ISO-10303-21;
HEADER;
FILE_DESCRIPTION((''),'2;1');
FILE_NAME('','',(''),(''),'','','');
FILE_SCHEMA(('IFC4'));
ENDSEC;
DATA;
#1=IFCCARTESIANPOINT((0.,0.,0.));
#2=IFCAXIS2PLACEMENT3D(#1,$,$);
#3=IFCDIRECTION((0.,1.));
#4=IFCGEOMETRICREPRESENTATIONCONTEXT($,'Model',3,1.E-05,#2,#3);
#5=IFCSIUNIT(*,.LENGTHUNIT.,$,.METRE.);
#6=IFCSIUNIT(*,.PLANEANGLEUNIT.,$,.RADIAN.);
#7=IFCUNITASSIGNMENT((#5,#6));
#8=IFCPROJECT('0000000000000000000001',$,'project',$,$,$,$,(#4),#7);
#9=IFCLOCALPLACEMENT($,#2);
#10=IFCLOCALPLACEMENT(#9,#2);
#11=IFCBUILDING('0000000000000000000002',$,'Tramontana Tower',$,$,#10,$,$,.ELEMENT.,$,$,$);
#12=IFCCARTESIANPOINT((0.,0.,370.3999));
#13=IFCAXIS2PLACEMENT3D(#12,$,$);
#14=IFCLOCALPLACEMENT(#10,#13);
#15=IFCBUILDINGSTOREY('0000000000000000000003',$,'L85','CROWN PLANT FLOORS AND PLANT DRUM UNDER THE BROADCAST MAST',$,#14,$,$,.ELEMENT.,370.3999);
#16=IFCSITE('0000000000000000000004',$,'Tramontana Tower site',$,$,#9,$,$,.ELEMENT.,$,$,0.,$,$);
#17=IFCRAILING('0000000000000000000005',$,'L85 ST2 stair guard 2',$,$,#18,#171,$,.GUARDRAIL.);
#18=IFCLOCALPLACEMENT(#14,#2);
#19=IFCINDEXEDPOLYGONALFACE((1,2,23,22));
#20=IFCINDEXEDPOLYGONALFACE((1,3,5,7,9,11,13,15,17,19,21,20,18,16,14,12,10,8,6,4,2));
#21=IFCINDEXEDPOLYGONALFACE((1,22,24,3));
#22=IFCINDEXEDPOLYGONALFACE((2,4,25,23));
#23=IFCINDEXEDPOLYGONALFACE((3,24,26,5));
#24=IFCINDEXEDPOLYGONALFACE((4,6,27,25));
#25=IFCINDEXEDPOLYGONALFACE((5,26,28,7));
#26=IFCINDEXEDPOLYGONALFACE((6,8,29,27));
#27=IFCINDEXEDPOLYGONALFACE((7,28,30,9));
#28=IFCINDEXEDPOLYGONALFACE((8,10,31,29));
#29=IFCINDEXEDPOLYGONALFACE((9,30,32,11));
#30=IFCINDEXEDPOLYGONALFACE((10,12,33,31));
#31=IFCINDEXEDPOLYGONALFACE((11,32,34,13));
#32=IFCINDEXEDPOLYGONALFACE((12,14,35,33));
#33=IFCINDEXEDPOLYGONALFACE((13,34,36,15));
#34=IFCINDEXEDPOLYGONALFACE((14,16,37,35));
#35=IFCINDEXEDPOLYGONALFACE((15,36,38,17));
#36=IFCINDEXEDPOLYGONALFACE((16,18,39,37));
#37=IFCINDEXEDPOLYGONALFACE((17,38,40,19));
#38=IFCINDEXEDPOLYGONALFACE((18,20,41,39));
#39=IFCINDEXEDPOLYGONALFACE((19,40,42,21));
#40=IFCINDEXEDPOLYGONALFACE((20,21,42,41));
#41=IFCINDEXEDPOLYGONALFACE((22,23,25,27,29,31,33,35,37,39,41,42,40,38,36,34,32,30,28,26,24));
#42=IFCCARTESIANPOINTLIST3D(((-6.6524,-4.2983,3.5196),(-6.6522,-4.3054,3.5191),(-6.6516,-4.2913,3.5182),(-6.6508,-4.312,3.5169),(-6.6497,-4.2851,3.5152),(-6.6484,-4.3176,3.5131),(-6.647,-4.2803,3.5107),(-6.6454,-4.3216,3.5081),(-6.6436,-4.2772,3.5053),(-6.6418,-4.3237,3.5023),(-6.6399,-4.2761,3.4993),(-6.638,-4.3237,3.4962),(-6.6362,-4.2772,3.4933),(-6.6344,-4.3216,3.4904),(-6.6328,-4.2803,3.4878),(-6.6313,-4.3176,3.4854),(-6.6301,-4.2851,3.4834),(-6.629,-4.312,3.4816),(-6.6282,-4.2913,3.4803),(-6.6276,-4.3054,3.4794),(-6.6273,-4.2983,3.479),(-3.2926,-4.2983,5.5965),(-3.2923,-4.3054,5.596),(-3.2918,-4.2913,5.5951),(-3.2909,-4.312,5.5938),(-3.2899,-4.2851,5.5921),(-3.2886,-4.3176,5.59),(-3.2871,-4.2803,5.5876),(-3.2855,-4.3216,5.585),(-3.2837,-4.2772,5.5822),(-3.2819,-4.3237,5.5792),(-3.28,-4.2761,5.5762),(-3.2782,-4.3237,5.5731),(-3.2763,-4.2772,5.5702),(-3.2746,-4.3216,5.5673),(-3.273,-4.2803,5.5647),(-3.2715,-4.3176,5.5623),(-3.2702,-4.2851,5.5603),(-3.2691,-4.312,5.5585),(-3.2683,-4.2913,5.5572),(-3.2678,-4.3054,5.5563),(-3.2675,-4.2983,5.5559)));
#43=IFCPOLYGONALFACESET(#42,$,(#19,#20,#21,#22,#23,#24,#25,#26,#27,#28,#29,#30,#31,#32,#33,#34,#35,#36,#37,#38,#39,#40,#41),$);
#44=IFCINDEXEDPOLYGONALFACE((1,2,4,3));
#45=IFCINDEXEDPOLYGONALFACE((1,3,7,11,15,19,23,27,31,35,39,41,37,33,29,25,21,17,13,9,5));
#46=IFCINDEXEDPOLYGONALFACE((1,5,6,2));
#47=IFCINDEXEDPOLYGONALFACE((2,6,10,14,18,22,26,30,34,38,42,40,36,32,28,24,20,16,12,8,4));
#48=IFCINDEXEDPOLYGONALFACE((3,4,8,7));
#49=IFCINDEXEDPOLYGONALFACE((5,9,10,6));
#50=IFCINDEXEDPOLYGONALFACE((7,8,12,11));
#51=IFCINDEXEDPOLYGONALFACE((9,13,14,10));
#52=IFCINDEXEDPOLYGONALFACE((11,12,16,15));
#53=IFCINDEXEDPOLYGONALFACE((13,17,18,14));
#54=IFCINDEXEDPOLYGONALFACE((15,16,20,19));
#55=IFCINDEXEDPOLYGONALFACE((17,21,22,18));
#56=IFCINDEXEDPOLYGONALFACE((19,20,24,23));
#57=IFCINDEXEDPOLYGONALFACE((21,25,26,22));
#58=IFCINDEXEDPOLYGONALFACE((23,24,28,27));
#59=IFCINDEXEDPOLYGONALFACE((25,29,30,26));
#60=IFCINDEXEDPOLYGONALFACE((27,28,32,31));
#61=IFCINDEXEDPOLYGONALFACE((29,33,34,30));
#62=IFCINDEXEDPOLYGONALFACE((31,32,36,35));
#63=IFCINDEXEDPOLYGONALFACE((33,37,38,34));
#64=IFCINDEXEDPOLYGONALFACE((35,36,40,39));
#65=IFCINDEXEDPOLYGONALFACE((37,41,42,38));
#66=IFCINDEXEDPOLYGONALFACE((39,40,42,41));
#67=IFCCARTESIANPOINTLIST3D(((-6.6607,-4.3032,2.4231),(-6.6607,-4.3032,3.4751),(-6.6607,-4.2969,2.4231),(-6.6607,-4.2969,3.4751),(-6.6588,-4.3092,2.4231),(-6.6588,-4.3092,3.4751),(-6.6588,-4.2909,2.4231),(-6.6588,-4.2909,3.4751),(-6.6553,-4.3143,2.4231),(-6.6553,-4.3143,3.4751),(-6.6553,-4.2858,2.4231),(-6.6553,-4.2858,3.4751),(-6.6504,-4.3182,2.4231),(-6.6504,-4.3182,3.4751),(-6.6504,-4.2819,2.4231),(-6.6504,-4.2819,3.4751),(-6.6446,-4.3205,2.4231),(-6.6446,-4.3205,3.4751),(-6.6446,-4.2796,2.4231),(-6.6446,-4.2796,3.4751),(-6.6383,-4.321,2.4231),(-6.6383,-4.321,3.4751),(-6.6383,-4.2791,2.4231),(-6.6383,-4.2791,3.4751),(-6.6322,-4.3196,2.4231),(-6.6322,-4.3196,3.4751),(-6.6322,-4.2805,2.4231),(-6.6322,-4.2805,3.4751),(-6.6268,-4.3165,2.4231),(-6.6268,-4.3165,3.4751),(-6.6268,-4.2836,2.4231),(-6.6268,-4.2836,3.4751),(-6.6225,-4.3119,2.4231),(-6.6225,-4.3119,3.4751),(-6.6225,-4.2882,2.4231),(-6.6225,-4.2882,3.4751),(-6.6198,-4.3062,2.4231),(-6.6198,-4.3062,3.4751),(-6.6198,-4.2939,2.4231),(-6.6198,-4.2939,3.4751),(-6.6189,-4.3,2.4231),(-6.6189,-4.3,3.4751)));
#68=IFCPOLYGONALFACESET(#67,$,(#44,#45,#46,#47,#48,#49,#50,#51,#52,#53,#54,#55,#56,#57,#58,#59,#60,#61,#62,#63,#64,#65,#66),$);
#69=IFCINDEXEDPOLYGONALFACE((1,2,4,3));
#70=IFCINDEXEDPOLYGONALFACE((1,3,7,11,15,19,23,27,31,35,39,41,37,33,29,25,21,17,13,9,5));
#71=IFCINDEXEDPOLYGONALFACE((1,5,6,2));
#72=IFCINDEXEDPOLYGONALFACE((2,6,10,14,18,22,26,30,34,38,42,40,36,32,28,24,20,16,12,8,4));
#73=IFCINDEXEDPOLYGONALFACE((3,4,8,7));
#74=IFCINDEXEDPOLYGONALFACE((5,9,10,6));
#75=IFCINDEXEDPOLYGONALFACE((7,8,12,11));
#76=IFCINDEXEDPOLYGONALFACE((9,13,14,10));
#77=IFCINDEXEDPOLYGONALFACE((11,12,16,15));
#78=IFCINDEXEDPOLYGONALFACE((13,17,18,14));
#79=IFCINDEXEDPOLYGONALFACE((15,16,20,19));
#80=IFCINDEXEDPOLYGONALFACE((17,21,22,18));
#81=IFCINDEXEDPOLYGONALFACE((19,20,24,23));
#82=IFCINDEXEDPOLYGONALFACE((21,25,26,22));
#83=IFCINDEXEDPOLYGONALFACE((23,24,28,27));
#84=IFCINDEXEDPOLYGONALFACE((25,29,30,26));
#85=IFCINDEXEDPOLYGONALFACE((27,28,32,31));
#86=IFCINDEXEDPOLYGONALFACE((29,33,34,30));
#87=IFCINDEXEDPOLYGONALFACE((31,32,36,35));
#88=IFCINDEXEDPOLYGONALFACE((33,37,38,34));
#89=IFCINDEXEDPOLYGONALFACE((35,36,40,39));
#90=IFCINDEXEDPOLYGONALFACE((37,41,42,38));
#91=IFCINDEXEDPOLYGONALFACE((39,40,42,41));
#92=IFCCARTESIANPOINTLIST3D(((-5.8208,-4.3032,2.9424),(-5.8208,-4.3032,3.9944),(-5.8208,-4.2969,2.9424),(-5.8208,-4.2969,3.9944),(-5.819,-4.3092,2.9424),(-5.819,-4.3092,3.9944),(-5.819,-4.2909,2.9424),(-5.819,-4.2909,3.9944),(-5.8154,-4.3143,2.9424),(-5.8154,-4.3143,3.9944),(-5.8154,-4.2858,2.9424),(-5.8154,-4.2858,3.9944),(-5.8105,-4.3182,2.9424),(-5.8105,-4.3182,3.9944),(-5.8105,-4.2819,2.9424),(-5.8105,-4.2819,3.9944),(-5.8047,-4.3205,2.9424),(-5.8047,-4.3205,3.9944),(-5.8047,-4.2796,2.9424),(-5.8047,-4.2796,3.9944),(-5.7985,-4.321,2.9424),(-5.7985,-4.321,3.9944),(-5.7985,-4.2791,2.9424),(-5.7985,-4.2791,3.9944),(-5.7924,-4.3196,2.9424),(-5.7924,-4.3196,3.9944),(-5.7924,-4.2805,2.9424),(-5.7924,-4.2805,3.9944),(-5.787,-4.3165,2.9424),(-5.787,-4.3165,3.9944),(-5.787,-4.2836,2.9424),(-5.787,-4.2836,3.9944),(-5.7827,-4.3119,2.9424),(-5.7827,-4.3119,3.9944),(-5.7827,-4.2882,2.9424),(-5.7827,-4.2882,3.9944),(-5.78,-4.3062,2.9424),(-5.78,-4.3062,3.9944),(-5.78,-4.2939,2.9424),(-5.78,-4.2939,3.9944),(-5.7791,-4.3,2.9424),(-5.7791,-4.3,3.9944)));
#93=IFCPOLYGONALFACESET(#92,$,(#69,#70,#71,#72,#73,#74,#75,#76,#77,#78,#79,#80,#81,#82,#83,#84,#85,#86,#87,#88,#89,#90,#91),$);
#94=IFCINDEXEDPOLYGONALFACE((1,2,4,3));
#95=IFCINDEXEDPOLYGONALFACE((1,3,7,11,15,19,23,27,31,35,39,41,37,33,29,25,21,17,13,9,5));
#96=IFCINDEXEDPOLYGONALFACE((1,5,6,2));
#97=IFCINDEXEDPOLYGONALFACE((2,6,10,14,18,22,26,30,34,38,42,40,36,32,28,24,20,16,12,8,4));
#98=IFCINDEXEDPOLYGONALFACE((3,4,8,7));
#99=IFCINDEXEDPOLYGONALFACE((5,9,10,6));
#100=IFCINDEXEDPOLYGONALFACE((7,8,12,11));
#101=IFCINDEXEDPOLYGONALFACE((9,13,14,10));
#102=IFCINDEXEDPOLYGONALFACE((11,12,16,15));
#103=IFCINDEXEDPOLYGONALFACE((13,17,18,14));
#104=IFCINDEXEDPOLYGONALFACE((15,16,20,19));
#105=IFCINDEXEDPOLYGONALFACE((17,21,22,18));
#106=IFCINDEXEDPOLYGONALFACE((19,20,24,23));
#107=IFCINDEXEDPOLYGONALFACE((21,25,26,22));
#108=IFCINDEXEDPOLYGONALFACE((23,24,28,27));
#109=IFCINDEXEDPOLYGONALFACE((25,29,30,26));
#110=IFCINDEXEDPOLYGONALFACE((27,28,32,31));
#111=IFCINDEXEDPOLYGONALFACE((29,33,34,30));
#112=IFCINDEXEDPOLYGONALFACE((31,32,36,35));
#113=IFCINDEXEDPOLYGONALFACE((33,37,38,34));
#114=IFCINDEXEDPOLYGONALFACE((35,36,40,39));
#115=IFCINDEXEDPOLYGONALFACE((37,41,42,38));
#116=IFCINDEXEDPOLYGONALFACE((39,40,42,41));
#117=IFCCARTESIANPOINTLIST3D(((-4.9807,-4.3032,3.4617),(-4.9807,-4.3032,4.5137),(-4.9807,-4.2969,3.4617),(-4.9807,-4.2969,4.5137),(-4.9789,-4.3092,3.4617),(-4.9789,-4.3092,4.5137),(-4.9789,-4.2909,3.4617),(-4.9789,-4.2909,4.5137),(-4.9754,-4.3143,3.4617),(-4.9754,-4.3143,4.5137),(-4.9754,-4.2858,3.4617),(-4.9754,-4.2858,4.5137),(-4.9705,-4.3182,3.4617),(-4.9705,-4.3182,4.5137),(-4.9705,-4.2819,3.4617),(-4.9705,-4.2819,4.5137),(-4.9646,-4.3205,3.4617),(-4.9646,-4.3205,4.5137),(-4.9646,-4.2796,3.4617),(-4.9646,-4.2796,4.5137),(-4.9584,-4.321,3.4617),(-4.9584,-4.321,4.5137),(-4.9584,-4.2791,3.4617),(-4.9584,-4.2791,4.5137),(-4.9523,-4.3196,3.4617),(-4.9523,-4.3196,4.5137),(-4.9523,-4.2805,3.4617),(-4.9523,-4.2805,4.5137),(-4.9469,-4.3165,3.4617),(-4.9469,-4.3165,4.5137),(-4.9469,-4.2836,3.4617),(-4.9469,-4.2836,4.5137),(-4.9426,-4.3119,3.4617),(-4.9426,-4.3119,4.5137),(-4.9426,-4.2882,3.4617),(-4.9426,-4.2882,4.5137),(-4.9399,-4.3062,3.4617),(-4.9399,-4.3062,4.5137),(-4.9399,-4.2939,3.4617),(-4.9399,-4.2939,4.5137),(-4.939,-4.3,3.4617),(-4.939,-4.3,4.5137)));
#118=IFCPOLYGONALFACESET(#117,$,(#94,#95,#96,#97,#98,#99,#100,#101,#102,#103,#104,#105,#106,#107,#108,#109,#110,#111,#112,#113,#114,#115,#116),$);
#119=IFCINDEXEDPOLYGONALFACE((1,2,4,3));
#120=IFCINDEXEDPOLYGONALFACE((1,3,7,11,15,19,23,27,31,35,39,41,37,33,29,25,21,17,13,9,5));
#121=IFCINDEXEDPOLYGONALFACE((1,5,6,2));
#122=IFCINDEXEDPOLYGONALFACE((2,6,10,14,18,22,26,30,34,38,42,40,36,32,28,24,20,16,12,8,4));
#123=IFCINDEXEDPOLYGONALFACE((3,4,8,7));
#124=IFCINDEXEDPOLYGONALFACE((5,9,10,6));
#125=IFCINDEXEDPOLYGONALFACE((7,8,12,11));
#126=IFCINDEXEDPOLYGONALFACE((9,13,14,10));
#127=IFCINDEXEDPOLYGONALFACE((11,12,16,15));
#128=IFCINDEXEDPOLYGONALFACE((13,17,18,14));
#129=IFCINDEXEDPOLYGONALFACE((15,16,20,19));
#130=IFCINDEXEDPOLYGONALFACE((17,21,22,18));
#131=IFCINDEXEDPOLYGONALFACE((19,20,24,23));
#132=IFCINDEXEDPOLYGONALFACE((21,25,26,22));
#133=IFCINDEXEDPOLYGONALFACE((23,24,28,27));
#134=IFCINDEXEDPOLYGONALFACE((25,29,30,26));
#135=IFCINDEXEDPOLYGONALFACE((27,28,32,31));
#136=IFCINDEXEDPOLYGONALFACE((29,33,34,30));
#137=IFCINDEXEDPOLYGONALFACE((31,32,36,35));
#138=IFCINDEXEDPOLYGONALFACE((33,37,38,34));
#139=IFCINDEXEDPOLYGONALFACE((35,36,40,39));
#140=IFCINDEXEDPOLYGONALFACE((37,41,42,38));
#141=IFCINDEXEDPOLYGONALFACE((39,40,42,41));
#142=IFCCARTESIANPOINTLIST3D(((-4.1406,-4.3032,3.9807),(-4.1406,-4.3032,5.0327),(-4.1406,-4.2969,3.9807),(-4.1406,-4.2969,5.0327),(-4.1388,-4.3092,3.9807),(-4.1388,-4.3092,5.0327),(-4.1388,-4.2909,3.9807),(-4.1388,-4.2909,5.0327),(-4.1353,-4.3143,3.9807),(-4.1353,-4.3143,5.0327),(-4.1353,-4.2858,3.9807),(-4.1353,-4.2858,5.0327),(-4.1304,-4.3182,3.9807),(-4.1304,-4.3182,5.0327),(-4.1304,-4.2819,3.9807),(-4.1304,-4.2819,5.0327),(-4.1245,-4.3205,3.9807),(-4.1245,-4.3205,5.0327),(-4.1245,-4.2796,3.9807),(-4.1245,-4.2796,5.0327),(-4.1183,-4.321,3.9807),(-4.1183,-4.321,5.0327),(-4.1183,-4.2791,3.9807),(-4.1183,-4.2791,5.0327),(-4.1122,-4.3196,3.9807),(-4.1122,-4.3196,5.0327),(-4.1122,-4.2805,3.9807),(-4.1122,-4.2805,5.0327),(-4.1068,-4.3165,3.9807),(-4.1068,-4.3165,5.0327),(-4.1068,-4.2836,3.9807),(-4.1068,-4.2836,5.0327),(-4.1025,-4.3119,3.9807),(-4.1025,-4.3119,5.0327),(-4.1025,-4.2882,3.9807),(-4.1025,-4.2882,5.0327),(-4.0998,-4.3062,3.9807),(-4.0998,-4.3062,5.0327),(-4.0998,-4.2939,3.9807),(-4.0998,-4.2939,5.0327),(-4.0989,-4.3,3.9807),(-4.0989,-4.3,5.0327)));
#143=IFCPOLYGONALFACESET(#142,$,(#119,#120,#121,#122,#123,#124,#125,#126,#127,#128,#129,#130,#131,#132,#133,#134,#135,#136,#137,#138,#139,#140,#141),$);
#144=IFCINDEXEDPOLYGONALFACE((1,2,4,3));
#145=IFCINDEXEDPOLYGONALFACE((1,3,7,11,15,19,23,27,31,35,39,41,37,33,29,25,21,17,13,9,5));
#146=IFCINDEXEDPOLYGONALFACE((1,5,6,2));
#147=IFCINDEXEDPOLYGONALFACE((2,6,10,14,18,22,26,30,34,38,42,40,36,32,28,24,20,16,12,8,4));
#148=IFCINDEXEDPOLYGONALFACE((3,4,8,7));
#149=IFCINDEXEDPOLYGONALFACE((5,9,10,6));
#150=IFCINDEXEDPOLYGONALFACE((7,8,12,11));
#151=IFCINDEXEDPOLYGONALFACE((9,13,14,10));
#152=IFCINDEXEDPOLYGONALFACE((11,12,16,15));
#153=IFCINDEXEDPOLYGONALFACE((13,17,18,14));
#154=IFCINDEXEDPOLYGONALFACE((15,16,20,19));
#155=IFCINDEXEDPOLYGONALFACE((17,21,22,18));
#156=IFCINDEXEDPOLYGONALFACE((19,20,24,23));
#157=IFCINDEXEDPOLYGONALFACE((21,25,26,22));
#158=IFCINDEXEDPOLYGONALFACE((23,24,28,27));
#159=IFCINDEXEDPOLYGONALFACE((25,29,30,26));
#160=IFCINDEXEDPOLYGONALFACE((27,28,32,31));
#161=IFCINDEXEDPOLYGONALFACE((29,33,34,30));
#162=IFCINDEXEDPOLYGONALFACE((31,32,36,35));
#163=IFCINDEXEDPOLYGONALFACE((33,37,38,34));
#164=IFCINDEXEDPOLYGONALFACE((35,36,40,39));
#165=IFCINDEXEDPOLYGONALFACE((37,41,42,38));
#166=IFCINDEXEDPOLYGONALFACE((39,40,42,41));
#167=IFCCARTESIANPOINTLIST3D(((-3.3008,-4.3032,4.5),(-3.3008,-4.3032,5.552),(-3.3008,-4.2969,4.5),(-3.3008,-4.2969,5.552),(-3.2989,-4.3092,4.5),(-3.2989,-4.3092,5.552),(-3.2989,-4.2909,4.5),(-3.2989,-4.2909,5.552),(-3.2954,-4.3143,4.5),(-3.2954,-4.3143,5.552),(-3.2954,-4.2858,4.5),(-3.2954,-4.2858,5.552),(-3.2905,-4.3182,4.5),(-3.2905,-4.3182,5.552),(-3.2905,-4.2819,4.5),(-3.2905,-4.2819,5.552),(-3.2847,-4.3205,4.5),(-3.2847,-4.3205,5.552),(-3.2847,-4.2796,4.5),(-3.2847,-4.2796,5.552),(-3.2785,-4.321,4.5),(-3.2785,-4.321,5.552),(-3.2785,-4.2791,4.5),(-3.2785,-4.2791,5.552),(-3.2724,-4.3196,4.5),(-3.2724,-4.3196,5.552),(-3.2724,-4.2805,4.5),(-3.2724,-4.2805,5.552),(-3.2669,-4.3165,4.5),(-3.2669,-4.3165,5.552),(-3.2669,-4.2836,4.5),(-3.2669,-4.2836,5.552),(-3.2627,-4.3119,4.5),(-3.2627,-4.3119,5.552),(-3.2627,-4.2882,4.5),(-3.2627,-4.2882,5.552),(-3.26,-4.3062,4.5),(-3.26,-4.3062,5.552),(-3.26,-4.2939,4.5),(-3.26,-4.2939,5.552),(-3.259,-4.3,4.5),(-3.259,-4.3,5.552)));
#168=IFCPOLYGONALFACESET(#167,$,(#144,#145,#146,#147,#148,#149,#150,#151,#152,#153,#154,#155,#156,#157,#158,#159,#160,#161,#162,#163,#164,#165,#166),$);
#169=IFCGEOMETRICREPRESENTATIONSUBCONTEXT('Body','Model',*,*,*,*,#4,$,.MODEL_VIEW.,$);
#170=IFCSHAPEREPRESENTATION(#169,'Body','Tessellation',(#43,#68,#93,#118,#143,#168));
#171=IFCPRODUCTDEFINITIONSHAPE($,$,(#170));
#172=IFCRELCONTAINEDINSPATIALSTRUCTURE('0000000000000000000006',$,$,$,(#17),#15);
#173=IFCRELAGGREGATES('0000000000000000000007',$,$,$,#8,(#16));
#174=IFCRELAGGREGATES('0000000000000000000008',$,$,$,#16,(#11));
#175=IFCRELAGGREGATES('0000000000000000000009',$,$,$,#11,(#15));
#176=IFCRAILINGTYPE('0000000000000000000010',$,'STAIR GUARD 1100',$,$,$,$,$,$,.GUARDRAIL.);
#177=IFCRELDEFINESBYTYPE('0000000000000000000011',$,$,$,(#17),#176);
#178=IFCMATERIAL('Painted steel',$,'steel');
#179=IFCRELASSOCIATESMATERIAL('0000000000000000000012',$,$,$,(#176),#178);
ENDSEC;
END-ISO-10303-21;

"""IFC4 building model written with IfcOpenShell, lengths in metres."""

from ifc_helpers import new_model, si_unit, direction, frame, origin, origin_2d, place, context, subcontext, project, spatial, circle, extrude, material, type_object, element, save


model = new_model("IFC4")

# Units and contexts
model_context = context("Model", 3, precision=1e-05, world=origin(), true_north=direction((0.0, 1.0)))
body_context = subcontext(model_context, "Body", "Model", "MODEL_VIEW")
ifc_project = project(units=[si_unit("LENGTHUNIT", "METRE"), si_unit("PLANEANGLEUNIT", "RADIAN")], contexts=[model_context])

# Site, building, storey
site_placement = place(None, origin())
site = spatial("IfcSite", under=ifc_project, at=site_placement, Name="Tramontana Tower site", CompositionType="ELEMENT", RefElevation=0.0)
building_placement = place(site_placement, origin())
building = spatial("IfcBuilding", under=site, at=building_placement, Name="Tramontana Tower", CompositionType="ELEMENT")
storey_placement = place(building_placement, frame((0.0, 0.0, 370.3999)))
storey = spatial("IfcBuildingStorey", under=building, at=storey_placement, Name="L85", Description="CROWN PLANT FLOORS AND PLANT DRUM UNDER THE BROADCAST MAST", CompositionType="ELEMENT", Elevation=370.3999)

# Railing
ifc_material_1 = material(Name="Painted steel", Category="steel")
railing_type_1 = type_object("IfcRailingType", Name="STAIR GUARD 1100", PredefinedType="GUARDRAIL", material=ifc_material_1)
railing_1_placement = place(storey_placement, frame((-6.6399, -4.3, 2.4231)))
element("IfcRailing", 1, at=railing_1_placement, inside=storey, type_object=railing_type_1, Name="L85 ST2 stair guard 2", PredefinedType="GUARDRAIL", context=body_context, shape_type="SweptSolid", body=[
    extrude(circle(Radius=0.0239, at=origin_2d()), frame((0.0, 0.0, 1.0762), z_axis=(0.850606, 0.0, 0.525803), x_axis=(0.0, 1.0, 0.0)), (0.0, 0.0, 1.0), 3.95),
    extrude(circle(Radius=0.021, at=origin_2d()), origin(), (0.0, 0.0, 1.0), 1.052),
    extrude(circle(Radius=0.021, at=origin_2d()), frame((0.8398, 0.0, 0.5193)), (0.0, 0.0, 1.0), 1.052),
    extrude(circle(Radius=0.021, at=origin_2d()), frame((1.6799, 0.0, 1.0386)), (0.0, 0.0, 1.0), 1.052),
    extrude(circle(Radius=0.021, at=origin_2d()), frame((2.52, 0.0, 1.5576)), (0.0, 0.0, 1.0), 1.052),
    extrude(circle(Radius=0.021, at=origin_2d()), frame((3.3599, 0.0, 2.0769)), (0.0, 0.0, 1.0), 1.052),
])

save(model, "model.ifc")
